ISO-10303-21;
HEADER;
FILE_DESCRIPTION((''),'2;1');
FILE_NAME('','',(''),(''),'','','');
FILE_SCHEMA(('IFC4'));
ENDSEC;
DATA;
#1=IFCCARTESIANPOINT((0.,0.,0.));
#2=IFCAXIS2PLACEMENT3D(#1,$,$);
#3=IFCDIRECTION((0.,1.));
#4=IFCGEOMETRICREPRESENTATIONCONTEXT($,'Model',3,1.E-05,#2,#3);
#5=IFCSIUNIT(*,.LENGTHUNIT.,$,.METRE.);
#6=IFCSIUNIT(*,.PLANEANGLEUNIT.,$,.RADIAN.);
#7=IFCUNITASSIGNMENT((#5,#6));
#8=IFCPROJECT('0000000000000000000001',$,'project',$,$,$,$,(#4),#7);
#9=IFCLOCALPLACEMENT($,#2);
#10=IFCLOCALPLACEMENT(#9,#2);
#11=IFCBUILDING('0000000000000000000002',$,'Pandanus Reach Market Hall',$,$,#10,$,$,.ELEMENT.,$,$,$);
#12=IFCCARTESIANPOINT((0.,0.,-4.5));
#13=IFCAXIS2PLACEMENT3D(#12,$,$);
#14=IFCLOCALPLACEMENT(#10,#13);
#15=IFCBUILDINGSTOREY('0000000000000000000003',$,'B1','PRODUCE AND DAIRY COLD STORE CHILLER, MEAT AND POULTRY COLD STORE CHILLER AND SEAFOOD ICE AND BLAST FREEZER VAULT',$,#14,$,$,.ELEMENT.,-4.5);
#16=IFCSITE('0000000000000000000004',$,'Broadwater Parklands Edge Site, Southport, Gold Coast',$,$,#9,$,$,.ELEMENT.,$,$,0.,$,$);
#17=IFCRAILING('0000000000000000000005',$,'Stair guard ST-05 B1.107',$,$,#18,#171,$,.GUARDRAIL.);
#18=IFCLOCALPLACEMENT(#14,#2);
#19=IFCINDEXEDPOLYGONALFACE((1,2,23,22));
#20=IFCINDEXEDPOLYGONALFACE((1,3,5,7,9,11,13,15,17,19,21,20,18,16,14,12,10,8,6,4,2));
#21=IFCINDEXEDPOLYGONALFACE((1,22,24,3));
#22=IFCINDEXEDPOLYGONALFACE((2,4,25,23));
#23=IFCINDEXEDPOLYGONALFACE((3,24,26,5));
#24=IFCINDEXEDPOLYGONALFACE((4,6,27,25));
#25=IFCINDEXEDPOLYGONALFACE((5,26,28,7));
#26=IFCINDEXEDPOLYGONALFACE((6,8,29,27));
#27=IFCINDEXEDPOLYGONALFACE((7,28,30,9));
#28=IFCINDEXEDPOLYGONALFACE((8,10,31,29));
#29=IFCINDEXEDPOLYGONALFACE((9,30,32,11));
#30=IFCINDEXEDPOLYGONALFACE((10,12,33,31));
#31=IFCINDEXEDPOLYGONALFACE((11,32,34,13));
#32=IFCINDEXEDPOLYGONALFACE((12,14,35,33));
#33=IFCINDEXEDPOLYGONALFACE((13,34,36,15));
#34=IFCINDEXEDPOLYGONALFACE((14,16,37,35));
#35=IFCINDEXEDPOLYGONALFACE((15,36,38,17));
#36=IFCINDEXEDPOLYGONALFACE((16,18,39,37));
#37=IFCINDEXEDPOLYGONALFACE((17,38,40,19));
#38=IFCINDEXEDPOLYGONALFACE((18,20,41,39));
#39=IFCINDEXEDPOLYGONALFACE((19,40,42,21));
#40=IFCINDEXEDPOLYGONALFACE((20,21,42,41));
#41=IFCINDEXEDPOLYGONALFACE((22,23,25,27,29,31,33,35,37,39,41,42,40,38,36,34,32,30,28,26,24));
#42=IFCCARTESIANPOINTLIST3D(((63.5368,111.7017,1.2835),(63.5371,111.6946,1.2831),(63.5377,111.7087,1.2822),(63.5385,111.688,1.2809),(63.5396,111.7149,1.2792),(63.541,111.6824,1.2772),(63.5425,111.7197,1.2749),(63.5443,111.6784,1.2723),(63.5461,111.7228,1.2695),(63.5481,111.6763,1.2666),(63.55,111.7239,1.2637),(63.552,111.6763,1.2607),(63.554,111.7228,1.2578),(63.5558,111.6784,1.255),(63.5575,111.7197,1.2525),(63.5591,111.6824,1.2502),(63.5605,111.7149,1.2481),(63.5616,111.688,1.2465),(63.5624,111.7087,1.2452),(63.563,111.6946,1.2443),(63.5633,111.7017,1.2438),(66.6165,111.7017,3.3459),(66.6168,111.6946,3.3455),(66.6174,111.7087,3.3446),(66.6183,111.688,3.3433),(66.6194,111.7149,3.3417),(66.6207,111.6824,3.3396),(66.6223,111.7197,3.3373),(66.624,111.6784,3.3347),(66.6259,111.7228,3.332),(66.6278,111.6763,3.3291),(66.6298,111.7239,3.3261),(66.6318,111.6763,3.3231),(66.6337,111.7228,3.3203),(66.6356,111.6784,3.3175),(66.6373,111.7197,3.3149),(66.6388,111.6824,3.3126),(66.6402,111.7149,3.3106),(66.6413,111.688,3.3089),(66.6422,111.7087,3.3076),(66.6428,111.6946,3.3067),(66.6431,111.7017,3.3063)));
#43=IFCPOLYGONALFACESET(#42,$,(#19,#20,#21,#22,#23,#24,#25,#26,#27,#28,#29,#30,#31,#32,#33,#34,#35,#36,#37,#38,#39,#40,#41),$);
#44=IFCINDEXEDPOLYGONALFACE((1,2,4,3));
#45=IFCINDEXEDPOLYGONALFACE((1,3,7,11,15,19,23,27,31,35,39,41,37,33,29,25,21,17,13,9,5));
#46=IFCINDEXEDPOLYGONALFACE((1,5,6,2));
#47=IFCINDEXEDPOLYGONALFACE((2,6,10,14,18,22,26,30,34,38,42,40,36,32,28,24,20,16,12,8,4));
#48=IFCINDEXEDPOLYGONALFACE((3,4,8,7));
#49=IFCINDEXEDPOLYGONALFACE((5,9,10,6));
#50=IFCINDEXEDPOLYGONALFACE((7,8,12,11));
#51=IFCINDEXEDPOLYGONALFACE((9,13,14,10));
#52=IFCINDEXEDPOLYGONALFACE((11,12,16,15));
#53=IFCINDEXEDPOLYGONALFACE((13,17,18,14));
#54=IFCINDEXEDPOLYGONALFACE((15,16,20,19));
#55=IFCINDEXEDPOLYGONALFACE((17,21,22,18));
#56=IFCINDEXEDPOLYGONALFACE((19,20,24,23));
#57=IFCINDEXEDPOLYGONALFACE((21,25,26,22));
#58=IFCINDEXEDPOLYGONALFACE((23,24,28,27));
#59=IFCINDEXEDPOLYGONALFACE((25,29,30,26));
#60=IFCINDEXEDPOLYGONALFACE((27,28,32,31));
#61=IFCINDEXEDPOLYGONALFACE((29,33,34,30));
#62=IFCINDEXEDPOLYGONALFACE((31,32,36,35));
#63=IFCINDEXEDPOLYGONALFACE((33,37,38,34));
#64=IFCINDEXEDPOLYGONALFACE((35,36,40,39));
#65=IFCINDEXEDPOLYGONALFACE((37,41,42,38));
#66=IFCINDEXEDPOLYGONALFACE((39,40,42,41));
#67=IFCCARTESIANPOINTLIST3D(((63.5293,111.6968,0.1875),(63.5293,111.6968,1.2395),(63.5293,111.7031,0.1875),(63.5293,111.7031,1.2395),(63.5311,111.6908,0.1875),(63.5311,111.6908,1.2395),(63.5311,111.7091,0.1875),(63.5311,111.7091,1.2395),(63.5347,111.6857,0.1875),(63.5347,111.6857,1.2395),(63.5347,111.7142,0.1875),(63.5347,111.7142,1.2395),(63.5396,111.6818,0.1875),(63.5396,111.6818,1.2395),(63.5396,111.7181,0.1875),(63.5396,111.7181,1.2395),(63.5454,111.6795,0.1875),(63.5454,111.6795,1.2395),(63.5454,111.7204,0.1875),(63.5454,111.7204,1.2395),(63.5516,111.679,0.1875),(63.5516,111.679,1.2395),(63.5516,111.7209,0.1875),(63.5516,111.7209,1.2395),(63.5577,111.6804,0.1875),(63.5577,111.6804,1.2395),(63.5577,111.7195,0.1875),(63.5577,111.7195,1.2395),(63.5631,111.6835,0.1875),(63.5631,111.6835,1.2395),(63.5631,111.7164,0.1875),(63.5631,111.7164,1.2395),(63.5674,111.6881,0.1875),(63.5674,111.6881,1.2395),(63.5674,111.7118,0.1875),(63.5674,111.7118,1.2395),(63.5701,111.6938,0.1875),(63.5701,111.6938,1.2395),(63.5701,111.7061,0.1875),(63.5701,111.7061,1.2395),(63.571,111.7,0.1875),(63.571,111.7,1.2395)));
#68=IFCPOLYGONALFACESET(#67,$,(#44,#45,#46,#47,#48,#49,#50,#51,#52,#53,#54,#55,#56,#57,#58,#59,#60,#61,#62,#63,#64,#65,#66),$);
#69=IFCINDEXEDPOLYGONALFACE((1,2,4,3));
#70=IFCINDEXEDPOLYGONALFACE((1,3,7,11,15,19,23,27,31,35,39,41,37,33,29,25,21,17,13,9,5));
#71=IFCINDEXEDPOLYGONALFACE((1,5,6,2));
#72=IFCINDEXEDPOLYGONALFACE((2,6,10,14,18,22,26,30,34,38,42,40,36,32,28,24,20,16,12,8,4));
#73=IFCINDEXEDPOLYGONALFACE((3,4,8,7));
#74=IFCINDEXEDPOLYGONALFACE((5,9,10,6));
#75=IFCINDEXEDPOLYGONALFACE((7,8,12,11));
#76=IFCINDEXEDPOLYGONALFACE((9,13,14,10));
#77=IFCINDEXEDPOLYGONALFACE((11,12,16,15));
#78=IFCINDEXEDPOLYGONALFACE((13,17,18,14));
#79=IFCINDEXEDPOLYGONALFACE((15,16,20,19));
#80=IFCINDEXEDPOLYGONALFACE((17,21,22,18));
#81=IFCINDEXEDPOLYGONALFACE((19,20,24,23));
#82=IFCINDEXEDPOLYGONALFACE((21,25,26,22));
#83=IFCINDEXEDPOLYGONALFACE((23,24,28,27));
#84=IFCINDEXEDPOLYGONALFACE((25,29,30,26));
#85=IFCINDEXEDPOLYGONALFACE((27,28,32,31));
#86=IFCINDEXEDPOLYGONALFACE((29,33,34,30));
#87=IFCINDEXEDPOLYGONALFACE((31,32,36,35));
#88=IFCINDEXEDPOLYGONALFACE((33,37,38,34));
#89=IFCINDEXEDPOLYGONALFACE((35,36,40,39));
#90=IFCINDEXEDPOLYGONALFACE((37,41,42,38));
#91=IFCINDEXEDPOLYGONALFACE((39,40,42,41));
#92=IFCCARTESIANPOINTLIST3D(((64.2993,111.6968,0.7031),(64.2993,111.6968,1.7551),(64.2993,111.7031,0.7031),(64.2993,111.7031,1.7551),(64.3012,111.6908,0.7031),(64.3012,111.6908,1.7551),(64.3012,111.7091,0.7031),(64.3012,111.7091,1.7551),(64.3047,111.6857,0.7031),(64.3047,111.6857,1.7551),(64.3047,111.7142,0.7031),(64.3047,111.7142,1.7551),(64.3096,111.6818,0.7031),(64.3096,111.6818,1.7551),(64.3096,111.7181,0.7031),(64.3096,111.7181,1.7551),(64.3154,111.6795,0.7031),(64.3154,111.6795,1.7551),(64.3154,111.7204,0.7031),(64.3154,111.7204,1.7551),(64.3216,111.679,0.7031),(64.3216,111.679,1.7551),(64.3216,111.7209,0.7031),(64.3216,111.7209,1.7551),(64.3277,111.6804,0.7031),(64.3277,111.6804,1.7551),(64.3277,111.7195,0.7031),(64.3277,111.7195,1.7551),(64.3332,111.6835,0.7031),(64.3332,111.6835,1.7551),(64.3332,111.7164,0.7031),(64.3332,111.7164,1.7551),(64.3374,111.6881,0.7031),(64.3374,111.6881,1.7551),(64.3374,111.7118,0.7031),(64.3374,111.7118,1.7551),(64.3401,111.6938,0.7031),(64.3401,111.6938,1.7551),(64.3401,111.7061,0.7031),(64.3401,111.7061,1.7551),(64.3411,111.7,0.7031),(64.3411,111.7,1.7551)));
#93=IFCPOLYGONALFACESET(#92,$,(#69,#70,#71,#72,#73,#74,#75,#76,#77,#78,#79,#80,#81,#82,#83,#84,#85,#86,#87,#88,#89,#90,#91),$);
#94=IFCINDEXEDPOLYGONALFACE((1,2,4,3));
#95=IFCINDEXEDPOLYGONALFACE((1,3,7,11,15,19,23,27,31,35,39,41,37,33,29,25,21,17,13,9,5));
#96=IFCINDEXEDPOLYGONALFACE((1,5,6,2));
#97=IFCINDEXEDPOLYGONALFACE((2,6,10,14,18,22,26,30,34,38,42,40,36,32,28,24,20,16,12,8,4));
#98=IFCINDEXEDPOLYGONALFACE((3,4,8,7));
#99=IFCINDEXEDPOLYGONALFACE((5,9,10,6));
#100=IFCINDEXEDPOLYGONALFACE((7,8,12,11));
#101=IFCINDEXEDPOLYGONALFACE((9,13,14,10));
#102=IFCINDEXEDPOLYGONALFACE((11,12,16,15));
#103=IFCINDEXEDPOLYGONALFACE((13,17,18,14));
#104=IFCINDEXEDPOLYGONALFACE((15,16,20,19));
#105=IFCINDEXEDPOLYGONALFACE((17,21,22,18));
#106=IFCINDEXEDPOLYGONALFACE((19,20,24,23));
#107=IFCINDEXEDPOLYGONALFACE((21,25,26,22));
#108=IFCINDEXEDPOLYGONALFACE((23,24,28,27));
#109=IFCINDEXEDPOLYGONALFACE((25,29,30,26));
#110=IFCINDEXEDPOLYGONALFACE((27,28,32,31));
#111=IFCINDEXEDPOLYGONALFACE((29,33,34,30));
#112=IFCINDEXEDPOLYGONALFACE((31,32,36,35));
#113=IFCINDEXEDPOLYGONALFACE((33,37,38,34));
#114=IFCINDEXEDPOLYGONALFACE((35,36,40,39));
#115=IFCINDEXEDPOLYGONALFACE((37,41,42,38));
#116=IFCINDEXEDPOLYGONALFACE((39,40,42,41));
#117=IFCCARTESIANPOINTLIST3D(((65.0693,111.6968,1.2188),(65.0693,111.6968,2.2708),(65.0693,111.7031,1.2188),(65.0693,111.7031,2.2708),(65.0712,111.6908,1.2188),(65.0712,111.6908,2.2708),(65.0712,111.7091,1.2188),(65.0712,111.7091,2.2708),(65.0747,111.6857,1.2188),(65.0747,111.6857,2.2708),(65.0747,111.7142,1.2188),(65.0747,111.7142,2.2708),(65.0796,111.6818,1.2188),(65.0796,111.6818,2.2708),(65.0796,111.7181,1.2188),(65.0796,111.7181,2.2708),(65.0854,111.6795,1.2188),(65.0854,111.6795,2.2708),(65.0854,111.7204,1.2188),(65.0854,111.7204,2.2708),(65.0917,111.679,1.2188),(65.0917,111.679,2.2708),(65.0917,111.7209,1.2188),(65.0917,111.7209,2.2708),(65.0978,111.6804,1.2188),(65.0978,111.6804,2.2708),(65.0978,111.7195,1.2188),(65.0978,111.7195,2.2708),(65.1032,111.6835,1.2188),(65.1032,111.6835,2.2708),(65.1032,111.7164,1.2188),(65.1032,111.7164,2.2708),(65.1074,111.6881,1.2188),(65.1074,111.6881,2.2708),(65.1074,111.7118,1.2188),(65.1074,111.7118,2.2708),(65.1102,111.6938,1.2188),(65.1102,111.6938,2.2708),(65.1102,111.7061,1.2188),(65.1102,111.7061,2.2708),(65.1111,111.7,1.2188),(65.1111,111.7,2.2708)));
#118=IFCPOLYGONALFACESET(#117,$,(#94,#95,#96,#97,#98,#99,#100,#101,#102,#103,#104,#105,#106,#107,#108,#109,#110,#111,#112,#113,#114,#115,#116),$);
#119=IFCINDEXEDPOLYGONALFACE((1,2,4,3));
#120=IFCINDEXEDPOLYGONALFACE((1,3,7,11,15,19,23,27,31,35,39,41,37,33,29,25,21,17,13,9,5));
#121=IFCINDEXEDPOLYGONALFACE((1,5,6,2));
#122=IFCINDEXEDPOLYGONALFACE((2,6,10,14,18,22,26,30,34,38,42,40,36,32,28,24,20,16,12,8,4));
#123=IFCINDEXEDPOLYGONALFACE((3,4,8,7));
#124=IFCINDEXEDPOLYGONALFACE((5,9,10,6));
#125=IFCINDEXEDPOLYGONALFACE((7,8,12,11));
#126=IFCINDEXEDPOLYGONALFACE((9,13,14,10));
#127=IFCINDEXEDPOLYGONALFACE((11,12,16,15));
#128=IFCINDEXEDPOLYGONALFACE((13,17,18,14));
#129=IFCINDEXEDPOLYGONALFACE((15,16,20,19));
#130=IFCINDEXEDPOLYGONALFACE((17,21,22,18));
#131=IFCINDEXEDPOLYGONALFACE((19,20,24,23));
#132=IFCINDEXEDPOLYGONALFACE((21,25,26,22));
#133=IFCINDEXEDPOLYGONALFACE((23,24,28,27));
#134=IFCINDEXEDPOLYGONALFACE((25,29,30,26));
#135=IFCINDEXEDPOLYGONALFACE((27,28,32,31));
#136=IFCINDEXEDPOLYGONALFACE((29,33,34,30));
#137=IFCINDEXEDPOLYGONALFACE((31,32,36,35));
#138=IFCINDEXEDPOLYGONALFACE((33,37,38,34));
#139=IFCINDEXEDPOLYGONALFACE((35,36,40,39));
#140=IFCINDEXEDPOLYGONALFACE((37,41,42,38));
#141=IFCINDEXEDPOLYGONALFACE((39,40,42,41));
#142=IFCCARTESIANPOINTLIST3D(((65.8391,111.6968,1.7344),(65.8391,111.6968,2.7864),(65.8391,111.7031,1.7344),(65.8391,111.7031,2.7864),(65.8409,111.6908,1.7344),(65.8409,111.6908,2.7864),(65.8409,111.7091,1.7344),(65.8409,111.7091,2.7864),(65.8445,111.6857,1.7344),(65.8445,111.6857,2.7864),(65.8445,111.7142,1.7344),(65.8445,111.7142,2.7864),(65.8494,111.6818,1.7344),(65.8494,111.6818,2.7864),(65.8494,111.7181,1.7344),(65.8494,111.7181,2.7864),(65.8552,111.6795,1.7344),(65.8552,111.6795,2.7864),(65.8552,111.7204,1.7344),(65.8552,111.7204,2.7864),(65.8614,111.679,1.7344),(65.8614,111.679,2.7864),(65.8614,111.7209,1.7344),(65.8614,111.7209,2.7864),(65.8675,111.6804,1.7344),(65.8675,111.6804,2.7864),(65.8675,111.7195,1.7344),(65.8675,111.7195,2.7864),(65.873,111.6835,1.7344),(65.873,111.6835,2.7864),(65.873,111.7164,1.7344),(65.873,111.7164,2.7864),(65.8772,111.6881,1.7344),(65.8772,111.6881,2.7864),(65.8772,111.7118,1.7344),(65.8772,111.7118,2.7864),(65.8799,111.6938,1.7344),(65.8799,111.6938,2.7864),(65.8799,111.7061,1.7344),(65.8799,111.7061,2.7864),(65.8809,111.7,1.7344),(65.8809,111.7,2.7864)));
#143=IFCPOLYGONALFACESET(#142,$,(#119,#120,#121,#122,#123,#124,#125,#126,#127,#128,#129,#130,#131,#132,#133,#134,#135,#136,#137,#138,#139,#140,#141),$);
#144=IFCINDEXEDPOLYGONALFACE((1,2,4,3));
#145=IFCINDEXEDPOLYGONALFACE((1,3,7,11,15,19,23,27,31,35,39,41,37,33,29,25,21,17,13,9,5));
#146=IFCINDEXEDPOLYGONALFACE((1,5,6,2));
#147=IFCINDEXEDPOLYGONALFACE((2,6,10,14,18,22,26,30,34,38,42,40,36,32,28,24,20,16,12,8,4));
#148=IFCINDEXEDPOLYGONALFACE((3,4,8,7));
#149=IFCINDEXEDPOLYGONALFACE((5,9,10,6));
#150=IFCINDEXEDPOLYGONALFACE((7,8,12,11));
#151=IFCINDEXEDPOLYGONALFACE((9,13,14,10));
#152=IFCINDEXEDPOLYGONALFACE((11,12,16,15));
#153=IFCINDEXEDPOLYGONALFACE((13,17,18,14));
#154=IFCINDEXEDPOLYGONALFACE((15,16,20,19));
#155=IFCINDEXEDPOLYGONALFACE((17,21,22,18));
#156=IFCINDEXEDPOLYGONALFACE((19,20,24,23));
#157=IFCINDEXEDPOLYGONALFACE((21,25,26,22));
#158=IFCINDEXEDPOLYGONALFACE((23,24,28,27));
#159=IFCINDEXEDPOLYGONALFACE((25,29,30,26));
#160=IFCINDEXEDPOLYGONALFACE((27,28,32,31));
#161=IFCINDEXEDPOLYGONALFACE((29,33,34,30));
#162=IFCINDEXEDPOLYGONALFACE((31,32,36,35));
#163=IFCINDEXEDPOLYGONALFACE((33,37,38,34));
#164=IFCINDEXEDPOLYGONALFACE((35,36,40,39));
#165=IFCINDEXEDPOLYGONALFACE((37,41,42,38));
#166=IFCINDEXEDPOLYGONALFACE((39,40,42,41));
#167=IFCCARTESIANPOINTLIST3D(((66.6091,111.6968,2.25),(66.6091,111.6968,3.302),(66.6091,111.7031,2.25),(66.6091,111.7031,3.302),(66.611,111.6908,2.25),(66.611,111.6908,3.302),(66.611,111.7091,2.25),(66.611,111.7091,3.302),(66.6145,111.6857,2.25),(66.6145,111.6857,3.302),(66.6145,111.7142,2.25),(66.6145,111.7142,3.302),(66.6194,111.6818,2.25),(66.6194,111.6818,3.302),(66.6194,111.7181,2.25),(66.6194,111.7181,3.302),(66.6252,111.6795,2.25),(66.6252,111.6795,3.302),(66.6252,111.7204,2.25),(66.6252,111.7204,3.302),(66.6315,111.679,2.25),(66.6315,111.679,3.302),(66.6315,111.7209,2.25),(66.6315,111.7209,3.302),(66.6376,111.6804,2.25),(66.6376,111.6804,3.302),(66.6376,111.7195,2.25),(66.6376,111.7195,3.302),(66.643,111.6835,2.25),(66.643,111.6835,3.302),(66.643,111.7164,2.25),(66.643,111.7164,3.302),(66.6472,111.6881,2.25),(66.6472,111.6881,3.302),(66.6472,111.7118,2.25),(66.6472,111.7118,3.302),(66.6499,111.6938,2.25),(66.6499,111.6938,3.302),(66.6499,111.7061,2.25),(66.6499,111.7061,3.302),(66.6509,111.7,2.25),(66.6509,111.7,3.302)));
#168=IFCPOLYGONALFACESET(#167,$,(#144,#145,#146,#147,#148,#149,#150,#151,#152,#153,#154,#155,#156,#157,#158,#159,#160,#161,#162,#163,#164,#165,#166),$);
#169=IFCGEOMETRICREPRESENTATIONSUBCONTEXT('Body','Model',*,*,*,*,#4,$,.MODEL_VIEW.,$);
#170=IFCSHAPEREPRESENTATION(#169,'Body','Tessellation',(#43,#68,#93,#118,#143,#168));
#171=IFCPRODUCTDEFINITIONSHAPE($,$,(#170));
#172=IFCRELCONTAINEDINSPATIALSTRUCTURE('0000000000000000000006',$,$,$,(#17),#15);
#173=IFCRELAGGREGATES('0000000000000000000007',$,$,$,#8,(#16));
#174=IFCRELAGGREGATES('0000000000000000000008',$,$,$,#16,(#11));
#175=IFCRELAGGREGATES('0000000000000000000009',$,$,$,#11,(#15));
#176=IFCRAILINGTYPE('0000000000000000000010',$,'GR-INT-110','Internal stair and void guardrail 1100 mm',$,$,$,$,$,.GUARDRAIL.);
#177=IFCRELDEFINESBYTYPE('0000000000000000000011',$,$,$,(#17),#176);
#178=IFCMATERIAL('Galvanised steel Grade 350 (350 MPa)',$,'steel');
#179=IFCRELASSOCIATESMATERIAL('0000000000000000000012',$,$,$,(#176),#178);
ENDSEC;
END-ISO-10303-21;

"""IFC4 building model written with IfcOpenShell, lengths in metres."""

from ifc_helpers import new_model, si_unit, direction, frame, origin, origin_2d, place, context, subcontext, project, spatial, circle, extrude, material, type_object, element, save


model = new_model("IFC4")

# Units and contexts
model_context = context("Model", 3, precision=1e-05, world=origin(), true_north=direction((0.0, 1.0)))
body_context = subcontext(model_context, "Body", "Model", "MODEL_VIEW")
ifc_project = project(units=[si_unit("LENGTHUNIT", "METRE"), si_unit("PLANEANGLEUNIT", "RADIAN")], contexts=[model_context])

# Site, building, storey
site_placement = place(None, origin())
site = spatial("IfcSite", under=ifc_project, at=site_placement, Name="Broadwater Parklands Edge Site, Southport, Gold Coast", CompositionType="ELEMENT", RefElevation=0.0)
building_placement = place(site_placement, origin())
building = spatial("IfcBuilding", under=site, at=building_placement, Name="Pandanus Reach Market Hall", CompositionType="ELEMENT")
storey_placement = place(building_placement, frame((0.0, 0.0, -4.5)))
storey = spatial("IfcBuildingStorey", under=building, at=storey_placement, Name="B1", Description="PRODUCE AND DAIRY COLD STORE CHILLER, MEAT AND POULTRY COLD STORE CHILLER AND SEAFOOD ICE AND BLAST FREEZER VAULT", CompositionType="ELEMENT", Elevation=-4.5)

# Railing
ifc_material_1 = material(Name="Galvanised steel Grade 350 (350 MPa)", Category="steel")
railing_type_1 = type_object("IfcRailingType", Name="GR-INT-110", Description="Internal stair and void guardrail 1100 mm", PredefinedType="GUARDRAIL", material=ifc_material_1)
railing_1_placement = place(storey_placement, frame((63.55, 111.7, 0.1875)))
element("IfcRailing", 1, at=railing_1_placement, inside=storey, type_object=railing_type_1, Name="Stair guard ST-05 B1.107", PredefinedType="GUARDRAIL", context=body_context, shape_type="SweptSolid", body=[
    extrude(circle(Radius=0.0239, at=origin_2d()), frame((0.0, 0.0, 1.0762), z_axis=(0.830893, 0.0, 0.556432), x_axis=(0.0, 1.0, 0.0)), (0.0, 0.0, 1.0), 3.7065),
    extrude(circle(Radius=0.021, at=origin_2d()), origin(), (0.0, 0.0, 1.0), 1.052),
    extrude(circle(Radius=0.021, at=origin_2d()), frame((0.77, 0.0, 0.5156)), (0.0, 0.0, 1.0), 1.052),
    extrude(circle(Radius=0.021, at=origin_2d()), frame((1.54, 0.0, 1.0312)), (0.0, 0.0, 1.0), 1.052),
    extrude(circle(Radius=0.021, at=origin_2d()), frame((2.3098, 0.0, 1.5469)), (0.0, 0.0, 1.0), 1.052),
    extrude(circle(Radius=0.021, at=origin_2d()), frame((3.0798, 0.0, 2.0625)), (0.0, 0.0, 1.0), 1.052),
])

save(model, "model.ifc")
